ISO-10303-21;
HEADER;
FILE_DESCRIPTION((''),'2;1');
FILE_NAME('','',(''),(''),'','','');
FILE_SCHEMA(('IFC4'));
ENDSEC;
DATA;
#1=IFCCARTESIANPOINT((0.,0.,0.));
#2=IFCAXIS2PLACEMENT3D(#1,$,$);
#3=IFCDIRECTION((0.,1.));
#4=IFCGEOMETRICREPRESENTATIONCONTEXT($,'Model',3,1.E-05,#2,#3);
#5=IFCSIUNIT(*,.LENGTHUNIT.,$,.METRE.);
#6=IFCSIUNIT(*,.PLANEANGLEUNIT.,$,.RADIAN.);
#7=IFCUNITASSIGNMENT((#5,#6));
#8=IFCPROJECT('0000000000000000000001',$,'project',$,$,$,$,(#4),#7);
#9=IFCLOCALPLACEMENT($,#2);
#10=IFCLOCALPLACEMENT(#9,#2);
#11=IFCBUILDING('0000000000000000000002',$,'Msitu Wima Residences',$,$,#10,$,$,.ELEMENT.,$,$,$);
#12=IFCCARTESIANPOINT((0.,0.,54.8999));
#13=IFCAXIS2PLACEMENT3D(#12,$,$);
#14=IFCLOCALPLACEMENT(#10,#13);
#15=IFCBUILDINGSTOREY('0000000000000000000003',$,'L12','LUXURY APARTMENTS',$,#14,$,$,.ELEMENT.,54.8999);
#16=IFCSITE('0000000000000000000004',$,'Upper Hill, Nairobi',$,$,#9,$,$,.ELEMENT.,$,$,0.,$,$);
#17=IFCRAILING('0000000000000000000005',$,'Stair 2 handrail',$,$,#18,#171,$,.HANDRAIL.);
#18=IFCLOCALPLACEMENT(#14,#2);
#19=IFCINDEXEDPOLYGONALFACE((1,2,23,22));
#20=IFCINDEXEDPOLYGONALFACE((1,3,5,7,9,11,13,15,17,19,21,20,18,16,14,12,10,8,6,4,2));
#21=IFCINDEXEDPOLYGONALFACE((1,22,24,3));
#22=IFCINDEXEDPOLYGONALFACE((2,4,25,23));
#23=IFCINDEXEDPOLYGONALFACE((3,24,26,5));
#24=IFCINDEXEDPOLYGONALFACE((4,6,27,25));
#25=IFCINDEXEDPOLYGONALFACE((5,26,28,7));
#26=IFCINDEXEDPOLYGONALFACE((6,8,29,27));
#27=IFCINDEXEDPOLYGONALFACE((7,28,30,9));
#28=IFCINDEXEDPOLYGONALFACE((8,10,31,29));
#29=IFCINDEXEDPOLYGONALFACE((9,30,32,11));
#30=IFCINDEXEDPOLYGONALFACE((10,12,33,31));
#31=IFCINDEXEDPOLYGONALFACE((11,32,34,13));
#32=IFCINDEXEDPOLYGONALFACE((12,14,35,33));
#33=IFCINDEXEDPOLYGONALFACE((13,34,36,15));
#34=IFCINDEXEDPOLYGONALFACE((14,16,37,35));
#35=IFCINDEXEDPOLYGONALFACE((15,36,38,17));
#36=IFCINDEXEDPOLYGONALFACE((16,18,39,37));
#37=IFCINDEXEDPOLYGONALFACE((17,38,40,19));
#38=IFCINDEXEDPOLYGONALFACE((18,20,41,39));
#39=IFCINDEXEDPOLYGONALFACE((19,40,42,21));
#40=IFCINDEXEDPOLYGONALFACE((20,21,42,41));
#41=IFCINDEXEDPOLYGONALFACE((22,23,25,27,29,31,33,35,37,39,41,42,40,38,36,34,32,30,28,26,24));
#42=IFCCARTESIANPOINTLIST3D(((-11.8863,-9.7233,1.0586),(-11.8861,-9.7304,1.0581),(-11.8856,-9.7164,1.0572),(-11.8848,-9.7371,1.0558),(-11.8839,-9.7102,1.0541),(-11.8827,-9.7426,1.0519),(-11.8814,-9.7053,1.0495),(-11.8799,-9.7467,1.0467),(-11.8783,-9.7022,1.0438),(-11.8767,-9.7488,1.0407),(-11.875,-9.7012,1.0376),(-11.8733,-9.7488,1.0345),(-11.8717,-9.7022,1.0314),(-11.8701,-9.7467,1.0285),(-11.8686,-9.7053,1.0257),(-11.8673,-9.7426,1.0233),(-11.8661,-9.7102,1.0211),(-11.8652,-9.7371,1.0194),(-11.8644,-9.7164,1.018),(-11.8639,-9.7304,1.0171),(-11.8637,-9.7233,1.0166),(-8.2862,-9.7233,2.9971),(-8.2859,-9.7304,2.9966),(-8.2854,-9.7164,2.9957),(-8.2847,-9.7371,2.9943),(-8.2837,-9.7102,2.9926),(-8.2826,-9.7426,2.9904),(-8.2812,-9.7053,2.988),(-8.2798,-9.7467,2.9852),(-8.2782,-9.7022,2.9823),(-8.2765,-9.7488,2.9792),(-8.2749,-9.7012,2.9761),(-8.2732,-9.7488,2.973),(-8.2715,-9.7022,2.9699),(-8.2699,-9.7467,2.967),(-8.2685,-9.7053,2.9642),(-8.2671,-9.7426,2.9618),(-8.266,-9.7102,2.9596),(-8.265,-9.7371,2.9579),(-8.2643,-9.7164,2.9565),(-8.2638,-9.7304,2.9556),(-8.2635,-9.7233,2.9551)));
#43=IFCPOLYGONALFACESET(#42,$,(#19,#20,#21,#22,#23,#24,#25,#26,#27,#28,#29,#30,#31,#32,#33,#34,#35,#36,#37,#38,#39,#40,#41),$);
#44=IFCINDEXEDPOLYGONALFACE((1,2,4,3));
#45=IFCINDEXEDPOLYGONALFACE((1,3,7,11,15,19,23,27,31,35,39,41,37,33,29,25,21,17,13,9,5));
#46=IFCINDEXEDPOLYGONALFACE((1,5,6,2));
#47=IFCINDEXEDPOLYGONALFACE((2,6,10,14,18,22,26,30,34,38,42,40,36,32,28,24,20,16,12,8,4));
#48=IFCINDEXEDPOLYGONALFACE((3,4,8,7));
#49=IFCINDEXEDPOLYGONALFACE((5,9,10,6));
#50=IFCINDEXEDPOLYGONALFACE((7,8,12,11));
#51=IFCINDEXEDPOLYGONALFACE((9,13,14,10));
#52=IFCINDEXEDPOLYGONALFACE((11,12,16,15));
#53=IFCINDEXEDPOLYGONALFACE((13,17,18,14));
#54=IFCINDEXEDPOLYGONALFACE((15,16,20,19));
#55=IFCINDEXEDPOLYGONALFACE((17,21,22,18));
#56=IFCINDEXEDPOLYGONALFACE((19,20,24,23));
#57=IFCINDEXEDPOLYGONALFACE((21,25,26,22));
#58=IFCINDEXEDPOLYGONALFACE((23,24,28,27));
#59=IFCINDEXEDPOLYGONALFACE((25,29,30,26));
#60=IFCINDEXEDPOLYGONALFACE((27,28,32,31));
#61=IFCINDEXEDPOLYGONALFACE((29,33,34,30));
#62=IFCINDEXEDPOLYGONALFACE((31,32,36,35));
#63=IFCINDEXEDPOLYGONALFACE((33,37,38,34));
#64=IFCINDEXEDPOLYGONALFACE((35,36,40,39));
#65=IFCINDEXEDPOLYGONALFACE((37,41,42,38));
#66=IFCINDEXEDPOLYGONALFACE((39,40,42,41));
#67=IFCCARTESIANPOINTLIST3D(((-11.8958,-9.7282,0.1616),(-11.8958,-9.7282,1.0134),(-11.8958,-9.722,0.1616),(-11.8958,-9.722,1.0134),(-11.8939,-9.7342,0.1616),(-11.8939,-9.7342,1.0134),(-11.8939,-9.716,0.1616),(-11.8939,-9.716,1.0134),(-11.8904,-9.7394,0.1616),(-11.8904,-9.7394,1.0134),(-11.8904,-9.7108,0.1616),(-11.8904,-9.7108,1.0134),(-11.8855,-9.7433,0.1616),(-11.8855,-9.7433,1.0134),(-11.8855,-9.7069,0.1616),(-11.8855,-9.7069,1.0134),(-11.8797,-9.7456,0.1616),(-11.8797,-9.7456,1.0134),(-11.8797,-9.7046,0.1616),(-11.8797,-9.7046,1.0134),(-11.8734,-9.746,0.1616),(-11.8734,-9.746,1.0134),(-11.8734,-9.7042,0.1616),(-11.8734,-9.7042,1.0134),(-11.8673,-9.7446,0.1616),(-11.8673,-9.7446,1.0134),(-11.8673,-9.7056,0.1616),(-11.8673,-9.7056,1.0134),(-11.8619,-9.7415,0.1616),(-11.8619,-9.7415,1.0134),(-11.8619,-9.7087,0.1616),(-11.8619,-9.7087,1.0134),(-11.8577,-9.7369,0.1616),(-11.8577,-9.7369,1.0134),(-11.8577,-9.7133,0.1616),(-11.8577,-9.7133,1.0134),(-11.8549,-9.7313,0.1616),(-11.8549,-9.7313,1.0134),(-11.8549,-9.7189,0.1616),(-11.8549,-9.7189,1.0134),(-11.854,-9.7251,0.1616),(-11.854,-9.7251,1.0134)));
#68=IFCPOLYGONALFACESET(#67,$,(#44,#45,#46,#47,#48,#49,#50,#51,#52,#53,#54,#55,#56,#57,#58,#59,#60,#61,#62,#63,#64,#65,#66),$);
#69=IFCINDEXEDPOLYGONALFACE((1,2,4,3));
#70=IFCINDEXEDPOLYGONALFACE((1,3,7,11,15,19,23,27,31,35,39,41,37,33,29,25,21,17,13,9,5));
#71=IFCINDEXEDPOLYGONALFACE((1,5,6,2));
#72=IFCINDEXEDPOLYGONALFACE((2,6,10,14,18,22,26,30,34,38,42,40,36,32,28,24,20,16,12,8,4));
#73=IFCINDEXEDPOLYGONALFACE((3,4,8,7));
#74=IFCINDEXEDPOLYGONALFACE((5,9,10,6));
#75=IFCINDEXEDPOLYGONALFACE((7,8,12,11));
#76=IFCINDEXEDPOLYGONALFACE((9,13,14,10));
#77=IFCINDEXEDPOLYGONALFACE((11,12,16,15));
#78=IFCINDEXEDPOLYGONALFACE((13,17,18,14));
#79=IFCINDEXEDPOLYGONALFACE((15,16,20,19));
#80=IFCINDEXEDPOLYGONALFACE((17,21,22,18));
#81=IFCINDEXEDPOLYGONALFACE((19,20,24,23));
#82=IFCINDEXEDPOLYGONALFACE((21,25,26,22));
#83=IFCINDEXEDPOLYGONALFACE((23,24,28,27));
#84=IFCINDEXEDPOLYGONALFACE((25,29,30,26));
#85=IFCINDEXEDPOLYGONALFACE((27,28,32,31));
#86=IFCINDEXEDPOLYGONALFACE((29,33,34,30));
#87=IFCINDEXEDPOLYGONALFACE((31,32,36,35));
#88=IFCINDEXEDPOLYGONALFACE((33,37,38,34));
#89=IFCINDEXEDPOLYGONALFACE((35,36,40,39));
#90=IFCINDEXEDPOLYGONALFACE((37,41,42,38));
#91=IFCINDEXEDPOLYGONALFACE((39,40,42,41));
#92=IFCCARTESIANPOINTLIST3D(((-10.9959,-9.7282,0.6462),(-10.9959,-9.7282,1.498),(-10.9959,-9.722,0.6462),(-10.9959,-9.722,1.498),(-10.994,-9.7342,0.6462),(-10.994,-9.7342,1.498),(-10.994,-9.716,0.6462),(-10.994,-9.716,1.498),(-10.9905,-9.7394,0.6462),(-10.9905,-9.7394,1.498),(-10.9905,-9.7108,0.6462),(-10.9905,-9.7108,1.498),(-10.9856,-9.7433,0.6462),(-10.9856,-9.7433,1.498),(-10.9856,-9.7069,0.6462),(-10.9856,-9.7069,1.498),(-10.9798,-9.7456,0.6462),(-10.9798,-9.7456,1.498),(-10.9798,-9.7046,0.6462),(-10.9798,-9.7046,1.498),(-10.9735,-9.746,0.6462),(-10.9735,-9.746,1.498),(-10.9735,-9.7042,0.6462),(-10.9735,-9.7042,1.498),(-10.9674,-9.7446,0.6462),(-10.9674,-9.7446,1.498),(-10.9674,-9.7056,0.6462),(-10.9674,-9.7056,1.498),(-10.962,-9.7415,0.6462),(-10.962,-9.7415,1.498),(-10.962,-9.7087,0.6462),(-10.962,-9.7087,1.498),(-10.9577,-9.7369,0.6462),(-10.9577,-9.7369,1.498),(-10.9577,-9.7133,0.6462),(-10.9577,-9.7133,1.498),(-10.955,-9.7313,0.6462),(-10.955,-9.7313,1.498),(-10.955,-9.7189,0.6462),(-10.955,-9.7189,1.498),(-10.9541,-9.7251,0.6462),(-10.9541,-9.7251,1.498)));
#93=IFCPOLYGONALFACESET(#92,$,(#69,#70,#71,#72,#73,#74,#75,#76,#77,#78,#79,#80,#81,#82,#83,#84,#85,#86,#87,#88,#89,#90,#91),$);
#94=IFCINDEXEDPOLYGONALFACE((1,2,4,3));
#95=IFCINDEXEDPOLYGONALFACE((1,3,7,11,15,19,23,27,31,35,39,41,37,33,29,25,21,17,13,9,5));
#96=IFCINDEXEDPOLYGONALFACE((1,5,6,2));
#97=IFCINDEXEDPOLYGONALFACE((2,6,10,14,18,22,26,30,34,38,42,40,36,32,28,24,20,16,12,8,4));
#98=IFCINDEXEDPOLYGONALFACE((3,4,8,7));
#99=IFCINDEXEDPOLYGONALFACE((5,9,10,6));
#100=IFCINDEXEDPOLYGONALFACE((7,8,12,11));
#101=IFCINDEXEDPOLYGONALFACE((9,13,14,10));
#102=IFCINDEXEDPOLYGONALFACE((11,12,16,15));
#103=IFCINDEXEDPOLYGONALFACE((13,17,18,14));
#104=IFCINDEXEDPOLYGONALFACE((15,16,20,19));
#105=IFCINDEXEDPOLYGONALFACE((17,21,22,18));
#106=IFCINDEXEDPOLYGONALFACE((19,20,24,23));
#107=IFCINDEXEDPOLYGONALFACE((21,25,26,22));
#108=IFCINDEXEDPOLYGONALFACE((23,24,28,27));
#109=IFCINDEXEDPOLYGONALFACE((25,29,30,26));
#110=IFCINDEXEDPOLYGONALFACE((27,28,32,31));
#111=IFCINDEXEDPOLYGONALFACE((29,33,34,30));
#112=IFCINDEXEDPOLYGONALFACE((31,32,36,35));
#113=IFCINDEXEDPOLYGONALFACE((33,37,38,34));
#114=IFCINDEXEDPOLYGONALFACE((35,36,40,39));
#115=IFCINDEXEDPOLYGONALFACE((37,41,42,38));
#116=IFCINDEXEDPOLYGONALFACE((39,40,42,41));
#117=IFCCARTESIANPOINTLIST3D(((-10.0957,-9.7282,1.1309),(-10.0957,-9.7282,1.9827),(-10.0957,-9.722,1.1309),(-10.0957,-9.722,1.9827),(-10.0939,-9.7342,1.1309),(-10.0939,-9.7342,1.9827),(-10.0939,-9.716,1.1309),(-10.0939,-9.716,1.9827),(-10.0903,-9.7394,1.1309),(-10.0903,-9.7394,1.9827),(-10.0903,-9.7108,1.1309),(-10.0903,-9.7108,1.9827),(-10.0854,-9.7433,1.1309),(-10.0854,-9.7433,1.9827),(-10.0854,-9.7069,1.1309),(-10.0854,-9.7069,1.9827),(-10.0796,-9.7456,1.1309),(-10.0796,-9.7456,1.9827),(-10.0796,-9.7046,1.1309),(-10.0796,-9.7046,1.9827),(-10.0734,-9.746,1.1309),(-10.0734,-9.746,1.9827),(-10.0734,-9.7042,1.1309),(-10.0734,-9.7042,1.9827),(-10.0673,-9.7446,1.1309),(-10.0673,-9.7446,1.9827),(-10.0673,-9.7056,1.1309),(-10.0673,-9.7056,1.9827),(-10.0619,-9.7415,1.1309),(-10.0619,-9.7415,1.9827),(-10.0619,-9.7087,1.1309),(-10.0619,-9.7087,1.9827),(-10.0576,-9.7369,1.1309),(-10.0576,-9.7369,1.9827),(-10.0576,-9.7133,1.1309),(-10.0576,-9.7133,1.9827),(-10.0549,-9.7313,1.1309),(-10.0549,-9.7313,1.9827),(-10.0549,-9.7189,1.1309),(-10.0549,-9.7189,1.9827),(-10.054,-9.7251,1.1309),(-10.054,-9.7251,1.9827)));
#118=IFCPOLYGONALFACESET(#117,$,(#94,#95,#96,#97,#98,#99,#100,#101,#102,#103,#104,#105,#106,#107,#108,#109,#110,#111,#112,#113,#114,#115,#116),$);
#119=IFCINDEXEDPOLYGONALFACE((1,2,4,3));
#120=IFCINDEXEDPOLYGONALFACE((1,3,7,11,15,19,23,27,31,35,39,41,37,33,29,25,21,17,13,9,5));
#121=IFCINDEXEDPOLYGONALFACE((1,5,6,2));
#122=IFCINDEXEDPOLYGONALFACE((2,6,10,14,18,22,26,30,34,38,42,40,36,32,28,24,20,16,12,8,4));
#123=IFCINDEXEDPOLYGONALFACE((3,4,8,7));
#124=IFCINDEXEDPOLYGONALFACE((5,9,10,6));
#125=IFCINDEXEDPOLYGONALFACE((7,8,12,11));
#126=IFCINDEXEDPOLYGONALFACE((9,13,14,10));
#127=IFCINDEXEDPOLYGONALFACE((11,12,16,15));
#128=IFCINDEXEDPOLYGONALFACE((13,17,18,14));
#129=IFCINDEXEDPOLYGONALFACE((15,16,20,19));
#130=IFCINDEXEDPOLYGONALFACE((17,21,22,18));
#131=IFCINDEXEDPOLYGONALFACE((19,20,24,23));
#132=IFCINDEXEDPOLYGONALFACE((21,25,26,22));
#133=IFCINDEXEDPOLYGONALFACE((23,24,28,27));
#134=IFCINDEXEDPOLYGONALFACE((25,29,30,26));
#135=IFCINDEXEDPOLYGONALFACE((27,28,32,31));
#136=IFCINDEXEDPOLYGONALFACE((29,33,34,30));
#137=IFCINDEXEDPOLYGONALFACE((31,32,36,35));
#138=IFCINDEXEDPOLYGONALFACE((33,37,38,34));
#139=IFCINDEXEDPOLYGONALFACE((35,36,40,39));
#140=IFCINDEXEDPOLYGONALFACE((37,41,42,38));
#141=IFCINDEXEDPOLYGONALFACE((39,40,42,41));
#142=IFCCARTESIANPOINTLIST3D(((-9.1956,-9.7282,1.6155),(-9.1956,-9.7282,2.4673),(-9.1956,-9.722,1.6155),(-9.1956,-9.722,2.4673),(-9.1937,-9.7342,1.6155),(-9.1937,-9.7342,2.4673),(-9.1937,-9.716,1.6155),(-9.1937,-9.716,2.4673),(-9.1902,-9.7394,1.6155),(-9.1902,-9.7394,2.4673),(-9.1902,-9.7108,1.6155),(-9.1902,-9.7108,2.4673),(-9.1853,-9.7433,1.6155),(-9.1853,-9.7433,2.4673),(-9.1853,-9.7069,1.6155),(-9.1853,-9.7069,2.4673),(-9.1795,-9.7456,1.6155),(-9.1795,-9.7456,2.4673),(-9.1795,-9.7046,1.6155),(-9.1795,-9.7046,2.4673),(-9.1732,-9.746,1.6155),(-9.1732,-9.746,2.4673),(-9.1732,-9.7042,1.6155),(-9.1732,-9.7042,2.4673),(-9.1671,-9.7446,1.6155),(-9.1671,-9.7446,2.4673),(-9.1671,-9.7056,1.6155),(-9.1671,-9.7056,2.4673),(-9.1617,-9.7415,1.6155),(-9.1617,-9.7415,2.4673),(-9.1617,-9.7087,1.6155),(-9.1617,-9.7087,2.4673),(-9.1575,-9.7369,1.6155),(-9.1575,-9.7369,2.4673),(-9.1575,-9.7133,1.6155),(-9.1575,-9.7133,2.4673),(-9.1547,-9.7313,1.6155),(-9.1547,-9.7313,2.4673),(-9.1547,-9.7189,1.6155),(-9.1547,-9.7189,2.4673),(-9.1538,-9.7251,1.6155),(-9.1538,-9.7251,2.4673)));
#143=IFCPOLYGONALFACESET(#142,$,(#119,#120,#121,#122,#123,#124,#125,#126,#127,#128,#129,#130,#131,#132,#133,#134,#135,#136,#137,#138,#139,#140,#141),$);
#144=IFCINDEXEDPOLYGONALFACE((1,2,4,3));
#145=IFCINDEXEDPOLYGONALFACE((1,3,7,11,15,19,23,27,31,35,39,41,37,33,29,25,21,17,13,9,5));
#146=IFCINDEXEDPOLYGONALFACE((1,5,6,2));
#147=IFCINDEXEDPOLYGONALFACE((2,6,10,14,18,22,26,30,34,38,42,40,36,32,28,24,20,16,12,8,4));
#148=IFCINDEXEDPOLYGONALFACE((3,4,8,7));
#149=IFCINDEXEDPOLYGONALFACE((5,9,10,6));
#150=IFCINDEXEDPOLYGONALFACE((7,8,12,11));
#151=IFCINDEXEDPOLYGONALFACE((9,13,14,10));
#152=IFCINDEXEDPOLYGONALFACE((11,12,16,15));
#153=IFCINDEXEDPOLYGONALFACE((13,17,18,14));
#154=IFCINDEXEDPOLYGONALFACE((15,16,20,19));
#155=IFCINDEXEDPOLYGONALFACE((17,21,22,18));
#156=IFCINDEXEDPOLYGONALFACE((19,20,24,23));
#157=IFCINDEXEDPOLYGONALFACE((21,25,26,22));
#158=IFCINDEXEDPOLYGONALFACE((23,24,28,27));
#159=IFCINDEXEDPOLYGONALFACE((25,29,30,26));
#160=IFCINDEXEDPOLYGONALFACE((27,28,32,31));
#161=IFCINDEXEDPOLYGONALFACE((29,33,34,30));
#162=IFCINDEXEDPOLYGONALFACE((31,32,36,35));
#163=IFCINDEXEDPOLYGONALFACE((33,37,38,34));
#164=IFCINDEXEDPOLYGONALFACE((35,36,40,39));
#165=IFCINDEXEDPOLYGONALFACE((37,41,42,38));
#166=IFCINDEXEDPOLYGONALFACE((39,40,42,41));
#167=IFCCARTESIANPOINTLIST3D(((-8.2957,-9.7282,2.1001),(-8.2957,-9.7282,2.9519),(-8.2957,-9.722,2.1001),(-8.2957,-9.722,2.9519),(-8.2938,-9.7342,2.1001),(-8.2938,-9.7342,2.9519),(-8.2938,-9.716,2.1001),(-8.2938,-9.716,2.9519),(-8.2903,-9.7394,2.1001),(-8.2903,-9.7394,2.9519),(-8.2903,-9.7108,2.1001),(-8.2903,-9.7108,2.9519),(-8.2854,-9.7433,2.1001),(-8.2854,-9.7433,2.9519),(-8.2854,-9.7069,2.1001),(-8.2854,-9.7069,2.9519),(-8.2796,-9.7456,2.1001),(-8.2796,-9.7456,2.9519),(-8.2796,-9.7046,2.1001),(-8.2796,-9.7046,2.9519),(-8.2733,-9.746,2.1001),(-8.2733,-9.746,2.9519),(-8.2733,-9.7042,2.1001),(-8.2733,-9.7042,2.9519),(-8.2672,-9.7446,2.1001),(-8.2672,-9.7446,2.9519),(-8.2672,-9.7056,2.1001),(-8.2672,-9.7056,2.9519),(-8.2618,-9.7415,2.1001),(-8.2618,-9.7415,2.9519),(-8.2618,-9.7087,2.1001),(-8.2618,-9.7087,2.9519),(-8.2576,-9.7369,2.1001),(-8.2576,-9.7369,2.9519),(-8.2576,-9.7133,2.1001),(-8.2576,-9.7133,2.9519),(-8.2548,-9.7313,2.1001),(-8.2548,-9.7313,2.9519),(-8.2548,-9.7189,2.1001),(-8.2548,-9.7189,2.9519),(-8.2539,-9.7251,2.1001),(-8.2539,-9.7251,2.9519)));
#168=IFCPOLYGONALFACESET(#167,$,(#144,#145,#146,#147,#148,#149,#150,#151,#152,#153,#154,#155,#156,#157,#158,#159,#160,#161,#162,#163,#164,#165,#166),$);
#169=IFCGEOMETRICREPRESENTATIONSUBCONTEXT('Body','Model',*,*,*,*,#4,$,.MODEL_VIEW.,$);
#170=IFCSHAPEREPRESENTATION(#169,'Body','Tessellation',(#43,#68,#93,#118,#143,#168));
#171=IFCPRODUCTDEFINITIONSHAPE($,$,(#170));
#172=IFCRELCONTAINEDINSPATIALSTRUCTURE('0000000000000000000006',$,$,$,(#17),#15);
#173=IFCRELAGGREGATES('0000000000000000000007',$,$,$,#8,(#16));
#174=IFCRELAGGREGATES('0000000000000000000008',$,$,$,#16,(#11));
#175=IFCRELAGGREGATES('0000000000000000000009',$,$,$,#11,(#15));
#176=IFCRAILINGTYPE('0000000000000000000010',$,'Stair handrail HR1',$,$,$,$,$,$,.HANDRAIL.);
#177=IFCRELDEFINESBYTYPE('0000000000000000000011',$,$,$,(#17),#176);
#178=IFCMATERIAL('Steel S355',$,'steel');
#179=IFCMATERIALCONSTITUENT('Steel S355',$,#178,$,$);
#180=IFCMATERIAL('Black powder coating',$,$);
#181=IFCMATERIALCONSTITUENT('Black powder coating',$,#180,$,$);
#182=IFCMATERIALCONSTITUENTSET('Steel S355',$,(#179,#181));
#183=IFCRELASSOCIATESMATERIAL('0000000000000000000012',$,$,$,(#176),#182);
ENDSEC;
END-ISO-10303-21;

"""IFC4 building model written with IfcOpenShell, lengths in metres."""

from ifc_helpers import new_model, si_unit, direction, frame, origin, origin_2d, place, context, subcontext, project, spatial, circle, extrude, material, constituent, constituent_set, type_object, element, save


model = new_model("IFC4")

# Units and contexts
model_context = context("Model", 3, precision=1e-05, world=origin(), true_north=direction((0.0, 1.0)))
body_context = subcontext(model_context, "Body", "Model", "MODEL_VIEW")
ifc_project = project(units=[si_unit("LENGTHUNIT", "METRE"), si_unit("PLANEANGLEUNIT", "RADIAN")], contexts=[model_context])

# Site, building, storey
site_placement = place(None, origin())
site = spatial("IfcSite", under=ifc_project, at=site_placement, Name="Upper Hill, Nairobi", CompositionType="ELEMENT", RefElevation=0.0)
building_placement = place(site_placement, origin())
building = spatial("IfcBuilding", under=site, at=building_placement, Name="Msitu Wima Residences", CompositionType="ELEMENT")
storey_placement = place(building_placement, frame((0.0, 0.0, 54.8999)))
storey = spatial("IfcBuildingStorey", under=building, at=storey_placement, Name="L12", Description="LUXURY APARTMENTS", CompositionType="ELEMENT", Elevation=54.8999)

# Railing
ifc_material_1 = material(Name="Steel S355", Category="steel")
ifc_constituent_1 = constituent(ifc_material_1, Name="Steel S355")
ifc_material_2 = material(Name="Black powder coating")
ifc_constituent_2 = constituent(ifc_material_2, Name="Black powder coating")
ifc_constituent_set = constituent_set(constituents=[ifc_constituent_1, ifc_constituent_2], Name="Steel S355")
railing_type = type_object("IfcRailingType", Name="Stair handrail HR1", PredefinedType="HANDRAIL", material=ifc_constituent_set)
for number, where, name in (
    (1, (-11.875, -9.7251, 0.1616), "Stair 2 handrail"),
):
    element("IfcRailing", number, at=place(storey_placement, frame(where)), inside=storey, type_object=railing_type, Name=name, PredefinedType="HANDRAIL", context=body_context, shape_type="SweptSolid", body=[
        extrude(circle(Radius=0.0239, at=origin_2d()), frame((0.0, 0.0, 0.876), z_axis=(0.880475, 0.0, 0.474093), x_axis=(0.0, 1.0, 0.0)), (0.0, 0.0, 1.0), 4.0889),
        extrude(circle(Radius=0.021, at=origin_2d()), origin(), (0.0, 0.0, 1.0), 0.8518),
        extrude(circle(Radius=0.021, at=origin_2d()), frame((0.8999, 0.0, 0.4846)), (0.0, 0.0, 1.0), 0.8518),
        extrude(circle(Radius=0.021, at=origin_2d()), frame((1.8, 0.0, 0.9692)), (0.0, 0.0, 1.0), 0.8518),
        extrude(circle(Radius=0.021, at=origin_2d()), frame((2.7002, 0.0, 1.4539)), (0.0, 0.0, 1.0), 0.8518),
        extrude(circle(Radius=0.021, at=origin_2d()), frame((3.6001, 0.0, 1.9385)), (0.0, 0.0, 1.0), 0.8518),
    ])

save(model, "model.ifc")
